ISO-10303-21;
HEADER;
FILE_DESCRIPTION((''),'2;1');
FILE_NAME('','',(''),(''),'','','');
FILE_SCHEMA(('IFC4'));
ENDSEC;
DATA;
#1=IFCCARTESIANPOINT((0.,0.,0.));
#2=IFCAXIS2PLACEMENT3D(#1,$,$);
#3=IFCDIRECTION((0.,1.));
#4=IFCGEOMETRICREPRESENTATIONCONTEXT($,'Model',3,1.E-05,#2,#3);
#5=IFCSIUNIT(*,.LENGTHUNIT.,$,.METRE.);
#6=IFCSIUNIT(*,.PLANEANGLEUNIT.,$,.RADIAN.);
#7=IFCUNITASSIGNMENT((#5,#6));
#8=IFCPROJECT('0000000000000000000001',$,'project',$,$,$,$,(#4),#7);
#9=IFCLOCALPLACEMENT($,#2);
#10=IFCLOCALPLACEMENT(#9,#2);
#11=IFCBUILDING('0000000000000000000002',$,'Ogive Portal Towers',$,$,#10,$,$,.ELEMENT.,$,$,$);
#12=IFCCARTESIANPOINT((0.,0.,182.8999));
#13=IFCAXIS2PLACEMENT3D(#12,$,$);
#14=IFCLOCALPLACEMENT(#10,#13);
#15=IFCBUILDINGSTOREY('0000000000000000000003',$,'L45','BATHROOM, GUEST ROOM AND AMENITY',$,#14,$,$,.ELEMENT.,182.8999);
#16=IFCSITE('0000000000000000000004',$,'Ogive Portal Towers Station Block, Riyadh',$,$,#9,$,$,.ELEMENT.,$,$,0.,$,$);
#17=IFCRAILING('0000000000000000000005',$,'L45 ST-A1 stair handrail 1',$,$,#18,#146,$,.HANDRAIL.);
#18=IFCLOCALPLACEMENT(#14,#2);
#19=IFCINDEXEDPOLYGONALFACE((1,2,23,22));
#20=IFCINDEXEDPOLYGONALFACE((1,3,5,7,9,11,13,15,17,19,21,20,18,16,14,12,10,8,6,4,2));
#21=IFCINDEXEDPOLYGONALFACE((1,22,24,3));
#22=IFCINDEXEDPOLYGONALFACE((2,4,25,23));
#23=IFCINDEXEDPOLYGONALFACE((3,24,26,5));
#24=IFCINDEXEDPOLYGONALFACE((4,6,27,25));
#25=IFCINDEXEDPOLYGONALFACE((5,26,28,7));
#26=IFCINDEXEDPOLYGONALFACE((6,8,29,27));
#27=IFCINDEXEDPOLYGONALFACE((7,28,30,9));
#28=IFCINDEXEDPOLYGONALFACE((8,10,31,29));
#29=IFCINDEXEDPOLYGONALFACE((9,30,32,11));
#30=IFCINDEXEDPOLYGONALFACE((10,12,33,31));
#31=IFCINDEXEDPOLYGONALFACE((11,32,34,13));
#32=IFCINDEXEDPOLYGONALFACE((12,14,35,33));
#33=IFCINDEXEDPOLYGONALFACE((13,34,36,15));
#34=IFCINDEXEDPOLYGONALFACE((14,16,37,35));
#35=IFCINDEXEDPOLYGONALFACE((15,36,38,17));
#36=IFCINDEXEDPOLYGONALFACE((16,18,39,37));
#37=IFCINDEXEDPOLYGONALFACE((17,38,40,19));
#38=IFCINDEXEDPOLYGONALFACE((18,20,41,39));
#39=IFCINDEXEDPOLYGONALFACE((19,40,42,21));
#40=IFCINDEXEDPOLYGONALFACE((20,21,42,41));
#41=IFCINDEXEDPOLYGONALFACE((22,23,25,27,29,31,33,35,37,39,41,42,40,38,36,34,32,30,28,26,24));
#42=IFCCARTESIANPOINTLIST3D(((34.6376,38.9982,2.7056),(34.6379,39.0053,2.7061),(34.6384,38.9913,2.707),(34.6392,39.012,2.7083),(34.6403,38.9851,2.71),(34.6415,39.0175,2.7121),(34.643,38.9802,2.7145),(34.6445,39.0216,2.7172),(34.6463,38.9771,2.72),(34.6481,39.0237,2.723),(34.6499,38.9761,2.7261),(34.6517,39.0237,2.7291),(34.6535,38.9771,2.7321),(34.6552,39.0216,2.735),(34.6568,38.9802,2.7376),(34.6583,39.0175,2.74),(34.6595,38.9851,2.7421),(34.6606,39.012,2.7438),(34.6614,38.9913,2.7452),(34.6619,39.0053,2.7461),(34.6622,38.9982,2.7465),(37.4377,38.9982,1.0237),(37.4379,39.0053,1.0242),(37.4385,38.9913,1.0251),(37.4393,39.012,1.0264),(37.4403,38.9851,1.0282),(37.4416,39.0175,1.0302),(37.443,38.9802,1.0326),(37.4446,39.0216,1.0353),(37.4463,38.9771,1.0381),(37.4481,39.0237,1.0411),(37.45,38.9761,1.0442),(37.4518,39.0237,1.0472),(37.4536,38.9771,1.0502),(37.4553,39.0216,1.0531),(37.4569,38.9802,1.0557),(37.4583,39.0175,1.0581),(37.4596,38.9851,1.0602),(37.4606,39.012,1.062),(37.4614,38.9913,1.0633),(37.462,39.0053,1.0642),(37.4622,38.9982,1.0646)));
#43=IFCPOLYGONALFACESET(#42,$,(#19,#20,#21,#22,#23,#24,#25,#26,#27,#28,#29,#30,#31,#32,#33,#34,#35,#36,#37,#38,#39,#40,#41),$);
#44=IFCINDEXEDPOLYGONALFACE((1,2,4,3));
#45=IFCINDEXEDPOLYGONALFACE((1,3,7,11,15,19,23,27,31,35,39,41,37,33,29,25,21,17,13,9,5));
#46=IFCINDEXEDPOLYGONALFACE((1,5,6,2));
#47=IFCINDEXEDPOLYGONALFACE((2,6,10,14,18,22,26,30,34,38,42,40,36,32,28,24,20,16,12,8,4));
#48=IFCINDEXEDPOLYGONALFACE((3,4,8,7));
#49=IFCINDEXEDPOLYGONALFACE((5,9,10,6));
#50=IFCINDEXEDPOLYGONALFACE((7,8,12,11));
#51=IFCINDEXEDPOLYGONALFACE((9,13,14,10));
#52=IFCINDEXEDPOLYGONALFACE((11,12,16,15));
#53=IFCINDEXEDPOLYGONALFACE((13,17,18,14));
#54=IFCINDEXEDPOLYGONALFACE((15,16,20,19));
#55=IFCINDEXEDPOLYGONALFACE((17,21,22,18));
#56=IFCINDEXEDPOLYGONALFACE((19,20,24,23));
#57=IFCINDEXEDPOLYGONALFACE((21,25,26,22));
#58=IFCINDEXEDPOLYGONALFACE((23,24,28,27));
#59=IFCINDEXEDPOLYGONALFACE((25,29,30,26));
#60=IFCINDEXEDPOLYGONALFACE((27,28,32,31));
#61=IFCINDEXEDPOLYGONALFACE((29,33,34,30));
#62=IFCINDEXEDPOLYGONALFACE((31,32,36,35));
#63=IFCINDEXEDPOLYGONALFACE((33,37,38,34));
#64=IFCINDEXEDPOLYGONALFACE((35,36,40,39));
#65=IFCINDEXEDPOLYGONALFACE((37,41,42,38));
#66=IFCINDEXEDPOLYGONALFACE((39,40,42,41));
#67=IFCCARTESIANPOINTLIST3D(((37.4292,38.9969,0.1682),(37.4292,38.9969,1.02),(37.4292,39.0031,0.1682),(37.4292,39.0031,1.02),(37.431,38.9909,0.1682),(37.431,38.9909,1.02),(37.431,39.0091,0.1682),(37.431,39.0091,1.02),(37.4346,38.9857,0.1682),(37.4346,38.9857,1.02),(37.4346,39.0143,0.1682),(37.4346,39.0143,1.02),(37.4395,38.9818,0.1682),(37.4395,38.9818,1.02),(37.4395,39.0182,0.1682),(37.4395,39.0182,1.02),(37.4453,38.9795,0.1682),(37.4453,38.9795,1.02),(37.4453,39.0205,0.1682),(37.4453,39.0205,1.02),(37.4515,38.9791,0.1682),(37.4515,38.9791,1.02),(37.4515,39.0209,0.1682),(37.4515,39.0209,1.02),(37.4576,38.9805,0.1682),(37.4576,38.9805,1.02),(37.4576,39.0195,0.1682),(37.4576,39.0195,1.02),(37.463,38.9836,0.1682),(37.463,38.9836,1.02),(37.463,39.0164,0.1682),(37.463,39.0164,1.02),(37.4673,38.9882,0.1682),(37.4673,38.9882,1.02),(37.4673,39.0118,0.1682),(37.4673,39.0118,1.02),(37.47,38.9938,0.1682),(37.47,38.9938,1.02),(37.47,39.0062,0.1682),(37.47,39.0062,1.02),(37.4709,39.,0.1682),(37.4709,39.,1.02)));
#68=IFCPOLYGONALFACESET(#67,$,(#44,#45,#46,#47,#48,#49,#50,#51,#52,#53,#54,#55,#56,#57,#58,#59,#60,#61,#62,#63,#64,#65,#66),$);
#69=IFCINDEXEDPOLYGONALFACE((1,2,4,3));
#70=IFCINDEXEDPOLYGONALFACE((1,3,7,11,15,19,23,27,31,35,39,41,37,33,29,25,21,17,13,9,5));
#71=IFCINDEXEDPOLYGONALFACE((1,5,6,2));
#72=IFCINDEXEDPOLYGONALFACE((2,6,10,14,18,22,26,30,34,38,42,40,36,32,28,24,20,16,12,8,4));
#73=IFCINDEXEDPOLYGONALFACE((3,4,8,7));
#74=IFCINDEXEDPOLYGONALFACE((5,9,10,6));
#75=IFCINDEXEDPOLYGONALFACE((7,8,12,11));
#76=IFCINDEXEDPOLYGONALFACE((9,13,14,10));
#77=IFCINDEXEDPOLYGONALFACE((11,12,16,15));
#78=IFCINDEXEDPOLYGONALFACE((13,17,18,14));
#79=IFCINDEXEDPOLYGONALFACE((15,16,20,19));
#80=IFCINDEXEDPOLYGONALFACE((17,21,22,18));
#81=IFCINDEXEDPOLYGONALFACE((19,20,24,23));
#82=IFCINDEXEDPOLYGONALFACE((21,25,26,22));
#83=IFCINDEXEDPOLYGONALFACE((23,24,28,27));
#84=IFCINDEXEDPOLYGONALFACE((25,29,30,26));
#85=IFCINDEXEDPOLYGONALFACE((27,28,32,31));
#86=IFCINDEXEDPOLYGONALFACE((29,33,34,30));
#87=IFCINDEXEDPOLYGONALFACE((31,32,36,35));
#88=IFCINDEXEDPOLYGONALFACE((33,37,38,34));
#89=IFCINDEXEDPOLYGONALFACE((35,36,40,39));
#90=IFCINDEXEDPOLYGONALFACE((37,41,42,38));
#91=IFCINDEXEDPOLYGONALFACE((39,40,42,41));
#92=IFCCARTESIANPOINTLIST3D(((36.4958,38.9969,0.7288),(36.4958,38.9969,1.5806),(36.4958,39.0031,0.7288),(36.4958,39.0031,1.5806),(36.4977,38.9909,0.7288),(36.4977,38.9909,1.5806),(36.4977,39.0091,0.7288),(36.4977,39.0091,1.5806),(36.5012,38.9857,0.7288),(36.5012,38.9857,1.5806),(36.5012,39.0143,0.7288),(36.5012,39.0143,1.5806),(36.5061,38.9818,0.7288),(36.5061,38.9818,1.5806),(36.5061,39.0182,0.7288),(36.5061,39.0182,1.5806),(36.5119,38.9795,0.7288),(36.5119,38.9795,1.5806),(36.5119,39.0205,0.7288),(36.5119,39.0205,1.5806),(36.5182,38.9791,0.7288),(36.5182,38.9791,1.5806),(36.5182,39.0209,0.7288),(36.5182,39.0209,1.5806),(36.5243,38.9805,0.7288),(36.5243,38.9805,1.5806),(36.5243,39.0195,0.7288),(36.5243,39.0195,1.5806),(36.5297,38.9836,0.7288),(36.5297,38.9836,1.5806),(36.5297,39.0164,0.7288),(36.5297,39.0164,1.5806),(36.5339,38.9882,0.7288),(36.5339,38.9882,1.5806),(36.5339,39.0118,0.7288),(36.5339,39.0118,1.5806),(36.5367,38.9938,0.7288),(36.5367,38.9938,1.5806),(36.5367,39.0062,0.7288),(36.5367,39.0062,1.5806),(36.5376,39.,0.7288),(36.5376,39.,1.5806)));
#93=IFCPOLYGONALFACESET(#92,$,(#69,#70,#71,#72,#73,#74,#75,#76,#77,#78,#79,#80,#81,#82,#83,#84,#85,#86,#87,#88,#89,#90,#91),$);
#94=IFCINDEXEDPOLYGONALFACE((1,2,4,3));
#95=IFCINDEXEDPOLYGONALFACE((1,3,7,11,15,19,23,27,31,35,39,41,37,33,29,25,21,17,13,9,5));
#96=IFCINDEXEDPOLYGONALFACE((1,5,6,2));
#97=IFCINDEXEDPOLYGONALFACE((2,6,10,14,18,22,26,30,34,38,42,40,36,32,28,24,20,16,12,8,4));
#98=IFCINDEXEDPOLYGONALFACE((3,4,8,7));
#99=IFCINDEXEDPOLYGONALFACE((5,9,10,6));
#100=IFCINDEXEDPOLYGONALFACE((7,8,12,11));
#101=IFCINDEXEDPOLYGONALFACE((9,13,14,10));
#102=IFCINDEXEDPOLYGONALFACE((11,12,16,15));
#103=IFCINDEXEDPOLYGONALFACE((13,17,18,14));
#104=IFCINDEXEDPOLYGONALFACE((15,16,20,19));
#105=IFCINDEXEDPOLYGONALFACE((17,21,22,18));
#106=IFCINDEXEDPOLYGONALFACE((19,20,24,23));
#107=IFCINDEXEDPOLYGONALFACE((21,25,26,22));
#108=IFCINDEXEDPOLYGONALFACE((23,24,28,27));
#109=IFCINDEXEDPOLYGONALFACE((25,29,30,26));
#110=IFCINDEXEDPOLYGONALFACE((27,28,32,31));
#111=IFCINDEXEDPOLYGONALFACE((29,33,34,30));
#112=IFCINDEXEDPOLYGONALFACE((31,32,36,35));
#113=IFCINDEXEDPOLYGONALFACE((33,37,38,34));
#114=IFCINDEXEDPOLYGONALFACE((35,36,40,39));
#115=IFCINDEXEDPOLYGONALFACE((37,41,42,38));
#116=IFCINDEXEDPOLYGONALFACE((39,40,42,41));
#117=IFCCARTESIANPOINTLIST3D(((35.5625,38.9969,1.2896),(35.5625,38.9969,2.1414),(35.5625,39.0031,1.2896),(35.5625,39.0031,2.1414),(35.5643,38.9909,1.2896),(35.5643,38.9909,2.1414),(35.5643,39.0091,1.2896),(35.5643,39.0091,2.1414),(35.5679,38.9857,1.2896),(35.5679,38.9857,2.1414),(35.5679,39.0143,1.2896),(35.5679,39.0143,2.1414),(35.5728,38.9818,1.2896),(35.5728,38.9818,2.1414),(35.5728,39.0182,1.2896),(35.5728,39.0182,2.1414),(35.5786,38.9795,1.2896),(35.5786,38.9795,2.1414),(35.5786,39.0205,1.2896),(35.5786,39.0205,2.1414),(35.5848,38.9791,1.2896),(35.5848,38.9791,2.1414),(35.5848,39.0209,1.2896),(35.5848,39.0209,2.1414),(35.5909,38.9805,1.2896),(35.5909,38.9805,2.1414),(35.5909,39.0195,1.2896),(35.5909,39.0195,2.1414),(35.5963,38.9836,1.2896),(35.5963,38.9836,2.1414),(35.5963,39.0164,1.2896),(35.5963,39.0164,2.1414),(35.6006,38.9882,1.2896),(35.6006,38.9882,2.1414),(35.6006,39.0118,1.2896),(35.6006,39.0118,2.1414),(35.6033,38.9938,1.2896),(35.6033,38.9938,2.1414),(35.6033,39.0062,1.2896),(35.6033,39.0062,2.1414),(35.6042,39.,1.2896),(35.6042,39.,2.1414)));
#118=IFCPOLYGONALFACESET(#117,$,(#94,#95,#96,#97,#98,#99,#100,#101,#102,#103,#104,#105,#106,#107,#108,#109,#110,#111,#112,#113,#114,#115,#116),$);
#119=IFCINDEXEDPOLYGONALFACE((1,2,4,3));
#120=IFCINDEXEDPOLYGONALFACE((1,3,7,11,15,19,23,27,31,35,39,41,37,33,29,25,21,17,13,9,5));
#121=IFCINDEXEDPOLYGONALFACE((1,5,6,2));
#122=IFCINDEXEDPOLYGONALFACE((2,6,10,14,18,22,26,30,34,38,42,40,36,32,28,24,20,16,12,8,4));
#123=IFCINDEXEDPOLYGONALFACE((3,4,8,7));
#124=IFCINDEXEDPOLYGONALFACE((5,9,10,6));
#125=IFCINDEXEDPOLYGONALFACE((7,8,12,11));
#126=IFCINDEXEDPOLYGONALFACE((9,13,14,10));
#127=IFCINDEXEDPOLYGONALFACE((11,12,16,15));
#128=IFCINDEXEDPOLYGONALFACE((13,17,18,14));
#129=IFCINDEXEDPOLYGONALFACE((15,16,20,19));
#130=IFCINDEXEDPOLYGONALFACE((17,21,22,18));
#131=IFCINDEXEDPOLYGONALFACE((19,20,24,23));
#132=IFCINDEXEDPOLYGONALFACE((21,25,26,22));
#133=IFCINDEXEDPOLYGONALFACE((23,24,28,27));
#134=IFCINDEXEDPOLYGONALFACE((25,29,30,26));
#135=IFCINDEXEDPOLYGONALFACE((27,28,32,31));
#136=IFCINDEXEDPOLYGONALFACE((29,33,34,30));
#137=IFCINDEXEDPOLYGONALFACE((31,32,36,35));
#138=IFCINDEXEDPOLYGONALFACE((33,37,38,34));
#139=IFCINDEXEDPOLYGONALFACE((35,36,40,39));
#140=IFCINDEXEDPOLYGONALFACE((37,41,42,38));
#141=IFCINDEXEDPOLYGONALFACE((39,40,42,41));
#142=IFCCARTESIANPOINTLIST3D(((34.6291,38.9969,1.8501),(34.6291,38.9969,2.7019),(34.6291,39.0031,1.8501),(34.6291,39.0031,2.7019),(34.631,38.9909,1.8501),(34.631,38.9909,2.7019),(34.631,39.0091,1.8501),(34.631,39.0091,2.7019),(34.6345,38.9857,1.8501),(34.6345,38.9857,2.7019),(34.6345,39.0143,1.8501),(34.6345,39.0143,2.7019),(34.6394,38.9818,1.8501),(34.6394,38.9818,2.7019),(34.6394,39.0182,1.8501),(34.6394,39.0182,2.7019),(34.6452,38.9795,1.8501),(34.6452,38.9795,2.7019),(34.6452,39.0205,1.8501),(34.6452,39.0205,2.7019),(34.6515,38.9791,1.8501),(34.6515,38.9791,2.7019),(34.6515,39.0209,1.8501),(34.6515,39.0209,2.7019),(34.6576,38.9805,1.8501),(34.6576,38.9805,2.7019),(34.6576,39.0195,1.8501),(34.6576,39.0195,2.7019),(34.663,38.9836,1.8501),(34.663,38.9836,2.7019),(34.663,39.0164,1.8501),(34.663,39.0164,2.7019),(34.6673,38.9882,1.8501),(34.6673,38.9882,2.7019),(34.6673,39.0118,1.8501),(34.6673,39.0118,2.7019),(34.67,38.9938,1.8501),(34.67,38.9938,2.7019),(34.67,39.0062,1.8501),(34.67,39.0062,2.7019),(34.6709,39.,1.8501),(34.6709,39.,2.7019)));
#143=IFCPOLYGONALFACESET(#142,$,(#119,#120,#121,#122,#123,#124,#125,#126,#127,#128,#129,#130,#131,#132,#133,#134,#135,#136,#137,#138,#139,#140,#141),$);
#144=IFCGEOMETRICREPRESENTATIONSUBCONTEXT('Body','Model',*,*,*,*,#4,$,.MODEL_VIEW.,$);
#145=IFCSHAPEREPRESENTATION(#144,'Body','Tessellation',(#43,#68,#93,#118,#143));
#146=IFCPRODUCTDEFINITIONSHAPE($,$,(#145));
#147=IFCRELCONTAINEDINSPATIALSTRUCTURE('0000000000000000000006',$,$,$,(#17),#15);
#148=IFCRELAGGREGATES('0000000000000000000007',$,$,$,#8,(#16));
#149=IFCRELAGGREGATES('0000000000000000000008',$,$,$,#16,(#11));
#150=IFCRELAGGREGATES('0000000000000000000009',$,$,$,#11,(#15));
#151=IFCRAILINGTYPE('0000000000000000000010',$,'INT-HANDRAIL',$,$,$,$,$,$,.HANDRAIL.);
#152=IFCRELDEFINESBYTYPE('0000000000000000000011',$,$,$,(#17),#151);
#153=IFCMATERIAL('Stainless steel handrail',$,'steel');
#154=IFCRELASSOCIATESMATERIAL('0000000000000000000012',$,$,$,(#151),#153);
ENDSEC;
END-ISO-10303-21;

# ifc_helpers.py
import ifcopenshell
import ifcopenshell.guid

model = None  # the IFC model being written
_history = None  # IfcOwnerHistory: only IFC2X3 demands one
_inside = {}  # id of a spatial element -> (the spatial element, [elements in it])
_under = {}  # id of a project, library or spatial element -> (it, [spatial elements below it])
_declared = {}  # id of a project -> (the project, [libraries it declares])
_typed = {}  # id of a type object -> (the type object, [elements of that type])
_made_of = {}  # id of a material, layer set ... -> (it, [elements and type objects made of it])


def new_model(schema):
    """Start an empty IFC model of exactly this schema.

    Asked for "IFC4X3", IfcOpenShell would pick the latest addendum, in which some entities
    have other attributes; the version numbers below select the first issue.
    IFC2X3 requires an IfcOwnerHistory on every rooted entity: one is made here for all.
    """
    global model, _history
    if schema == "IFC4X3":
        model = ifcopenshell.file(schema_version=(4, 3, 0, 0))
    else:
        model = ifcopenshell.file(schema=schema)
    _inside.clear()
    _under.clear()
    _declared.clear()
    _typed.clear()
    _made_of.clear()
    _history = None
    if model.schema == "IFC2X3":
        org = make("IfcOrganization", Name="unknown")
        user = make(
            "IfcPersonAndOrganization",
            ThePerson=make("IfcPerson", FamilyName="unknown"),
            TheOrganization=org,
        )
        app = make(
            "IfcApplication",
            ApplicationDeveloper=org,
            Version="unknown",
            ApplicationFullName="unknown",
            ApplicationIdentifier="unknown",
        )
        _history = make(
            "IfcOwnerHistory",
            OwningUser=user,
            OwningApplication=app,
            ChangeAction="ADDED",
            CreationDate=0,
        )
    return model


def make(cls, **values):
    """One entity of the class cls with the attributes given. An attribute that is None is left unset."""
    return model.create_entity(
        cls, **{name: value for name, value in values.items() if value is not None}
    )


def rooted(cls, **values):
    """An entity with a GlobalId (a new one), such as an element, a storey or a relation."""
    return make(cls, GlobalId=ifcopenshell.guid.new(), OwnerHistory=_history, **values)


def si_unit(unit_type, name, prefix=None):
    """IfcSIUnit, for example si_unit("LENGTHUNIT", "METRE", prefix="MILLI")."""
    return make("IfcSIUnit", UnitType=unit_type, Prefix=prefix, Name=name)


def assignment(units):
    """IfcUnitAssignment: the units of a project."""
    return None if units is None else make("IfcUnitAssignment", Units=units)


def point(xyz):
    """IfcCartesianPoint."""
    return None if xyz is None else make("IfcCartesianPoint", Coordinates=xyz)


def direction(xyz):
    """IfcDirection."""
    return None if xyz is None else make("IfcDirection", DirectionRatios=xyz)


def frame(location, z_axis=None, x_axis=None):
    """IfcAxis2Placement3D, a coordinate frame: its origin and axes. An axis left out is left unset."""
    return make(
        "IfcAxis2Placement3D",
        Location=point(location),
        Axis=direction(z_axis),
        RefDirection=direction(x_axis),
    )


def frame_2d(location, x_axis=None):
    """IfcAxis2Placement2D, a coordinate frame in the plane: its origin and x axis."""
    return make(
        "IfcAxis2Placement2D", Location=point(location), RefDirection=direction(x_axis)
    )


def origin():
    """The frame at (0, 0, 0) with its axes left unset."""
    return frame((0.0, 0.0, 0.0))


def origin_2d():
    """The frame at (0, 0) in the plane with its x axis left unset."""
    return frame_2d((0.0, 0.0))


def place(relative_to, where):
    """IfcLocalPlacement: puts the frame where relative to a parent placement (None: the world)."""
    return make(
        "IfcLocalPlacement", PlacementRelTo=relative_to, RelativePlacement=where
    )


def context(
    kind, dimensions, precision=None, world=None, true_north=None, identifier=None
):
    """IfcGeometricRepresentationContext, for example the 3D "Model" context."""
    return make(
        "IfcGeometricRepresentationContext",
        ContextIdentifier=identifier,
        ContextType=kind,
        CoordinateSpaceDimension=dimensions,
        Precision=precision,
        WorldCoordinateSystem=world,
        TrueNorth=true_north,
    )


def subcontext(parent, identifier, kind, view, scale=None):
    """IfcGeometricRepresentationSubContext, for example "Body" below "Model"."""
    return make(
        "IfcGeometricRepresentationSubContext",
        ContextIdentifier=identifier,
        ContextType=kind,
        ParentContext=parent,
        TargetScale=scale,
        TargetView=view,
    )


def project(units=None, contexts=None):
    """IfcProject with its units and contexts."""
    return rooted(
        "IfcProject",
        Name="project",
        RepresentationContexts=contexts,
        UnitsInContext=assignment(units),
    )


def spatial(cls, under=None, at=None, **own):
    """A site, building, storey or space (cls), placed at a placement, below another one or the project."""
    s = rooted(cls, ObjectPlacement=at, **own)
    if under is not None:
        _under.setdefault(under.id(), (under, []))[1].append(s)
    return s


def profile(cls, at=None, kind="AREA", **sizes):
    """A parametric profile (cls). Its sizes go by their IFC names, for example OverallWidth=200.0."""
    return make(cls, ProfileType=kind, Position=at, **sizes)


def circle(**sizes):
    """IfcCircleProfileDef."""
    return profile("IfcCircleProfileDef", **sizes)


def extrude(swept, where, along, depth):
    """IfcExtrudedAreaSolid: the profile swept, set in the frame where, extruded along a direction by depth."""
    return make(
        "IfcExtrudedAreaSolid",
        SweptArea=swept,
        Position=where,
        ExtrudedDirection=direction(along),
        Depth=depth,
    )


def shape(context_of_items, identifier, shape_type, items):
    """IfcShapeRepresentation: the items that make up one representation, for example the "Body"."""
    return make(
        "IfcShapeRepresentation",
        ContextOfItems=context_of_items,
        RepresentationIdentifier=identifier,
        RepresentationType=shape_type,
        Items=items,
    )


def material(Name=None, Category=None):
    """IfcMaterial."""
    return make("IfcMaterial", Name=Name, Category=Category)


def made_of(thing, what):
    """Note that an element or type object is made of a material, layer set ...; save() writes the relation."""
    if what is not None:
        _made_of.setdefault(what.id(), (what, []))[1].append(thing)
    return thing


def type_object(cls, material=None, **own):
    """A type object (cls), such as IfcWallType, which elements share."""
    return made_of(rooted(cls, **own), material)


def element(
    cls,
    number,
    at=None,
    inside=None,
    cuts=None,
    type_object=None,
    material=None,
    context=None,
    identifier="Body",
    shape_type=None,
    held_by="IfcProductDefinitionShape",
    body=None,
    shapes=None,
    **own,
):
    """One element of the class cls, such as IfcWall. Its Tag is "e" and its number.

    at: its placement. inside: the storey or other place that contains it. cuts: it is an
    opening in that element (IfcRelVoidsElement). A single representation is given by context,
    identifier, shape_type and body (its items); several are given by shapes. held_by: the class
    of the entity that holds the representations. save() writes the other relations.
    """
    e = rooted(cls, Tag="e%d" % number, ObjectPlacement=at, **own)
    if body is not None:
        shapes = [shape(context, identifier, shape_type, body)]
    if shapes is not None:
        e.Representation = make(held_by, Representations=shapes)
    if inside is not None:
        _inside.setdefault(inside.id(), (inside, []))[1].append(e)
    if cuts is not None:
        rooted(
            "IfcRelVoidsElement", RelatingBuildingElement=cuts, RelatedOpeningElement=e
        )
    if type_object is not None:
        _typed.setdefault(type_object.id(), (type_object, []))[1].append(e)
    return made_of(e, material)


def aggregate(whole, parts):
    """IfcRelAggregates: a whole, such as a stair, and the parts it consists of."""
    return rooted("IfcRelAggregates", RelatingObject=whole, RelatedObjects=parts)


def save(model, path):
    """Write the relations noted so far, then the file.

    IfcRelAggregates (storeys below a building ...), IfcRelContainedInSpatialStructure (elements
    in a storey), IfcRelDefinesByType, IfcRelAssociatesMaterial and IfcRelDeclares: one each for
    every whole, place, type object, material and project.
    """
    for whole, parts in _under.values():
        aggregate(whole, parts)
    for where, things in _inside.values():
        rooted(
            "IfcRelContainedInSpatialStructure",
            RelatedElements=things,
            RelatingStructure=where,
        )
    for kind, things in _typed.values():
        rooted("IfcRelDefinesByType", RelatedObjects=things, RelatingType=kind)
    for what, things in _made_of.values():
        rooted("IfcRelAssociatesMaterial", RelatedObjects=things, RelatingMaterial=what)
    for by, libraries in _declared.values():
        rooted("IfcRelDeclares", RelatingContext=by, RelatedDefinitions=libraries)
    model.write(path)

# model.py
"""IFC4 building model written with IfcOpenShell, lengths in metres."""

from ifc_helpers import new_model, si_unit, direction, frame, origin, origin_2d, place, context, subcontext, project, spatial, circle, extrude, material, type_object, element, save


model = new_model("IFC4")

# Units and contexts
model_context = context("Model", 3, precision=1e-05, world=origin(), true_north=direction((0.0, 1.0)))
body_context = subcontext(model_context, "Body", "Model", "MODEL_VIEW")
ifc_project = project(units=[si_unit("LENGTHUNIT", "METRE"), si_unit("PLANEANGLEUNIT", "RADIAN")], contexts=[model_context])

# Site, building, storey
site_placement = place(None, origin())
site = spatial("IfcSite", under=ifc_project, at=site_placement, Name="Ogive Portal Towers Station Block, Riyadh", CompositionType="ELEMENT", RefElevation=0.0)
building_placement = place(site_placement, origin())
building = spatial("IfcBuilding", under=site, at=building_placement, Name="Ogive Portal Towers", CompositionType="ELEMENT")
storey_placement = place(building_placement, frame((0.0, 0.0, 182.8999)))
storey = spatial("IfcBuildingStorey", under=building, at=storey_placement, Name="L45", Description="BATHROOM, GUEST ROOM AND AMENITY", CompositionType="ELEMENT", Elevation=182.8999)

# Railing
ifc_material_1 = material(Name="Stainless steel handrail", Category="steel")
railing_type_1 = type_object("IfcRailingType", Name="INT-HANDRAIL", PredefinedType="HANDRAIL", material=ifc_material_1)
railing_1_placement = place(storey_placement, frame((37.45, 39.0, 0.1682)))
element("IfcRailing", 1, at=railing_1_placement, inside=storey, type_object=railing_type_1, Name="L45 ST-A1 stair handrail 1", PredefinedType="HANDRAIL", context=body_context, shape_type="SweptSolid", body=[
    extrude(circle(Radius=0.0239, at=origin_2d()), frame((0.0, 0.0, 0.876), z_axis=(-0.857242, 0.0, 0.514913), x_axis=(0.0, -1.0, 0.0)), (0.0, 0.0, 1.0), 3.2664),
    extrude(circle(Radius=0.021, at=origin_2d()), origin(), (0.0, 0.0, 1.0), 0.8518),
    extrude(circle(Radius=0.021, at=origin_2d()), frame((-0.9333, 0.0, 0.5605)), (0.0, 0.0, 1.0), 0.8518),
    extrude(circle(Radius=0.021, at=origin_2d()), frame((-1.8667, 0.0, 1.1213)), (0.0, 0.0, 1.0), 0.8518),
    extrude(circle(Radius=0.021, at=origin_2d()), frame((-2.8, 0.0, 1.6819)), (0.0, 0.0, 1.0), 0.8518),
])

save(model, "model.ifc")
